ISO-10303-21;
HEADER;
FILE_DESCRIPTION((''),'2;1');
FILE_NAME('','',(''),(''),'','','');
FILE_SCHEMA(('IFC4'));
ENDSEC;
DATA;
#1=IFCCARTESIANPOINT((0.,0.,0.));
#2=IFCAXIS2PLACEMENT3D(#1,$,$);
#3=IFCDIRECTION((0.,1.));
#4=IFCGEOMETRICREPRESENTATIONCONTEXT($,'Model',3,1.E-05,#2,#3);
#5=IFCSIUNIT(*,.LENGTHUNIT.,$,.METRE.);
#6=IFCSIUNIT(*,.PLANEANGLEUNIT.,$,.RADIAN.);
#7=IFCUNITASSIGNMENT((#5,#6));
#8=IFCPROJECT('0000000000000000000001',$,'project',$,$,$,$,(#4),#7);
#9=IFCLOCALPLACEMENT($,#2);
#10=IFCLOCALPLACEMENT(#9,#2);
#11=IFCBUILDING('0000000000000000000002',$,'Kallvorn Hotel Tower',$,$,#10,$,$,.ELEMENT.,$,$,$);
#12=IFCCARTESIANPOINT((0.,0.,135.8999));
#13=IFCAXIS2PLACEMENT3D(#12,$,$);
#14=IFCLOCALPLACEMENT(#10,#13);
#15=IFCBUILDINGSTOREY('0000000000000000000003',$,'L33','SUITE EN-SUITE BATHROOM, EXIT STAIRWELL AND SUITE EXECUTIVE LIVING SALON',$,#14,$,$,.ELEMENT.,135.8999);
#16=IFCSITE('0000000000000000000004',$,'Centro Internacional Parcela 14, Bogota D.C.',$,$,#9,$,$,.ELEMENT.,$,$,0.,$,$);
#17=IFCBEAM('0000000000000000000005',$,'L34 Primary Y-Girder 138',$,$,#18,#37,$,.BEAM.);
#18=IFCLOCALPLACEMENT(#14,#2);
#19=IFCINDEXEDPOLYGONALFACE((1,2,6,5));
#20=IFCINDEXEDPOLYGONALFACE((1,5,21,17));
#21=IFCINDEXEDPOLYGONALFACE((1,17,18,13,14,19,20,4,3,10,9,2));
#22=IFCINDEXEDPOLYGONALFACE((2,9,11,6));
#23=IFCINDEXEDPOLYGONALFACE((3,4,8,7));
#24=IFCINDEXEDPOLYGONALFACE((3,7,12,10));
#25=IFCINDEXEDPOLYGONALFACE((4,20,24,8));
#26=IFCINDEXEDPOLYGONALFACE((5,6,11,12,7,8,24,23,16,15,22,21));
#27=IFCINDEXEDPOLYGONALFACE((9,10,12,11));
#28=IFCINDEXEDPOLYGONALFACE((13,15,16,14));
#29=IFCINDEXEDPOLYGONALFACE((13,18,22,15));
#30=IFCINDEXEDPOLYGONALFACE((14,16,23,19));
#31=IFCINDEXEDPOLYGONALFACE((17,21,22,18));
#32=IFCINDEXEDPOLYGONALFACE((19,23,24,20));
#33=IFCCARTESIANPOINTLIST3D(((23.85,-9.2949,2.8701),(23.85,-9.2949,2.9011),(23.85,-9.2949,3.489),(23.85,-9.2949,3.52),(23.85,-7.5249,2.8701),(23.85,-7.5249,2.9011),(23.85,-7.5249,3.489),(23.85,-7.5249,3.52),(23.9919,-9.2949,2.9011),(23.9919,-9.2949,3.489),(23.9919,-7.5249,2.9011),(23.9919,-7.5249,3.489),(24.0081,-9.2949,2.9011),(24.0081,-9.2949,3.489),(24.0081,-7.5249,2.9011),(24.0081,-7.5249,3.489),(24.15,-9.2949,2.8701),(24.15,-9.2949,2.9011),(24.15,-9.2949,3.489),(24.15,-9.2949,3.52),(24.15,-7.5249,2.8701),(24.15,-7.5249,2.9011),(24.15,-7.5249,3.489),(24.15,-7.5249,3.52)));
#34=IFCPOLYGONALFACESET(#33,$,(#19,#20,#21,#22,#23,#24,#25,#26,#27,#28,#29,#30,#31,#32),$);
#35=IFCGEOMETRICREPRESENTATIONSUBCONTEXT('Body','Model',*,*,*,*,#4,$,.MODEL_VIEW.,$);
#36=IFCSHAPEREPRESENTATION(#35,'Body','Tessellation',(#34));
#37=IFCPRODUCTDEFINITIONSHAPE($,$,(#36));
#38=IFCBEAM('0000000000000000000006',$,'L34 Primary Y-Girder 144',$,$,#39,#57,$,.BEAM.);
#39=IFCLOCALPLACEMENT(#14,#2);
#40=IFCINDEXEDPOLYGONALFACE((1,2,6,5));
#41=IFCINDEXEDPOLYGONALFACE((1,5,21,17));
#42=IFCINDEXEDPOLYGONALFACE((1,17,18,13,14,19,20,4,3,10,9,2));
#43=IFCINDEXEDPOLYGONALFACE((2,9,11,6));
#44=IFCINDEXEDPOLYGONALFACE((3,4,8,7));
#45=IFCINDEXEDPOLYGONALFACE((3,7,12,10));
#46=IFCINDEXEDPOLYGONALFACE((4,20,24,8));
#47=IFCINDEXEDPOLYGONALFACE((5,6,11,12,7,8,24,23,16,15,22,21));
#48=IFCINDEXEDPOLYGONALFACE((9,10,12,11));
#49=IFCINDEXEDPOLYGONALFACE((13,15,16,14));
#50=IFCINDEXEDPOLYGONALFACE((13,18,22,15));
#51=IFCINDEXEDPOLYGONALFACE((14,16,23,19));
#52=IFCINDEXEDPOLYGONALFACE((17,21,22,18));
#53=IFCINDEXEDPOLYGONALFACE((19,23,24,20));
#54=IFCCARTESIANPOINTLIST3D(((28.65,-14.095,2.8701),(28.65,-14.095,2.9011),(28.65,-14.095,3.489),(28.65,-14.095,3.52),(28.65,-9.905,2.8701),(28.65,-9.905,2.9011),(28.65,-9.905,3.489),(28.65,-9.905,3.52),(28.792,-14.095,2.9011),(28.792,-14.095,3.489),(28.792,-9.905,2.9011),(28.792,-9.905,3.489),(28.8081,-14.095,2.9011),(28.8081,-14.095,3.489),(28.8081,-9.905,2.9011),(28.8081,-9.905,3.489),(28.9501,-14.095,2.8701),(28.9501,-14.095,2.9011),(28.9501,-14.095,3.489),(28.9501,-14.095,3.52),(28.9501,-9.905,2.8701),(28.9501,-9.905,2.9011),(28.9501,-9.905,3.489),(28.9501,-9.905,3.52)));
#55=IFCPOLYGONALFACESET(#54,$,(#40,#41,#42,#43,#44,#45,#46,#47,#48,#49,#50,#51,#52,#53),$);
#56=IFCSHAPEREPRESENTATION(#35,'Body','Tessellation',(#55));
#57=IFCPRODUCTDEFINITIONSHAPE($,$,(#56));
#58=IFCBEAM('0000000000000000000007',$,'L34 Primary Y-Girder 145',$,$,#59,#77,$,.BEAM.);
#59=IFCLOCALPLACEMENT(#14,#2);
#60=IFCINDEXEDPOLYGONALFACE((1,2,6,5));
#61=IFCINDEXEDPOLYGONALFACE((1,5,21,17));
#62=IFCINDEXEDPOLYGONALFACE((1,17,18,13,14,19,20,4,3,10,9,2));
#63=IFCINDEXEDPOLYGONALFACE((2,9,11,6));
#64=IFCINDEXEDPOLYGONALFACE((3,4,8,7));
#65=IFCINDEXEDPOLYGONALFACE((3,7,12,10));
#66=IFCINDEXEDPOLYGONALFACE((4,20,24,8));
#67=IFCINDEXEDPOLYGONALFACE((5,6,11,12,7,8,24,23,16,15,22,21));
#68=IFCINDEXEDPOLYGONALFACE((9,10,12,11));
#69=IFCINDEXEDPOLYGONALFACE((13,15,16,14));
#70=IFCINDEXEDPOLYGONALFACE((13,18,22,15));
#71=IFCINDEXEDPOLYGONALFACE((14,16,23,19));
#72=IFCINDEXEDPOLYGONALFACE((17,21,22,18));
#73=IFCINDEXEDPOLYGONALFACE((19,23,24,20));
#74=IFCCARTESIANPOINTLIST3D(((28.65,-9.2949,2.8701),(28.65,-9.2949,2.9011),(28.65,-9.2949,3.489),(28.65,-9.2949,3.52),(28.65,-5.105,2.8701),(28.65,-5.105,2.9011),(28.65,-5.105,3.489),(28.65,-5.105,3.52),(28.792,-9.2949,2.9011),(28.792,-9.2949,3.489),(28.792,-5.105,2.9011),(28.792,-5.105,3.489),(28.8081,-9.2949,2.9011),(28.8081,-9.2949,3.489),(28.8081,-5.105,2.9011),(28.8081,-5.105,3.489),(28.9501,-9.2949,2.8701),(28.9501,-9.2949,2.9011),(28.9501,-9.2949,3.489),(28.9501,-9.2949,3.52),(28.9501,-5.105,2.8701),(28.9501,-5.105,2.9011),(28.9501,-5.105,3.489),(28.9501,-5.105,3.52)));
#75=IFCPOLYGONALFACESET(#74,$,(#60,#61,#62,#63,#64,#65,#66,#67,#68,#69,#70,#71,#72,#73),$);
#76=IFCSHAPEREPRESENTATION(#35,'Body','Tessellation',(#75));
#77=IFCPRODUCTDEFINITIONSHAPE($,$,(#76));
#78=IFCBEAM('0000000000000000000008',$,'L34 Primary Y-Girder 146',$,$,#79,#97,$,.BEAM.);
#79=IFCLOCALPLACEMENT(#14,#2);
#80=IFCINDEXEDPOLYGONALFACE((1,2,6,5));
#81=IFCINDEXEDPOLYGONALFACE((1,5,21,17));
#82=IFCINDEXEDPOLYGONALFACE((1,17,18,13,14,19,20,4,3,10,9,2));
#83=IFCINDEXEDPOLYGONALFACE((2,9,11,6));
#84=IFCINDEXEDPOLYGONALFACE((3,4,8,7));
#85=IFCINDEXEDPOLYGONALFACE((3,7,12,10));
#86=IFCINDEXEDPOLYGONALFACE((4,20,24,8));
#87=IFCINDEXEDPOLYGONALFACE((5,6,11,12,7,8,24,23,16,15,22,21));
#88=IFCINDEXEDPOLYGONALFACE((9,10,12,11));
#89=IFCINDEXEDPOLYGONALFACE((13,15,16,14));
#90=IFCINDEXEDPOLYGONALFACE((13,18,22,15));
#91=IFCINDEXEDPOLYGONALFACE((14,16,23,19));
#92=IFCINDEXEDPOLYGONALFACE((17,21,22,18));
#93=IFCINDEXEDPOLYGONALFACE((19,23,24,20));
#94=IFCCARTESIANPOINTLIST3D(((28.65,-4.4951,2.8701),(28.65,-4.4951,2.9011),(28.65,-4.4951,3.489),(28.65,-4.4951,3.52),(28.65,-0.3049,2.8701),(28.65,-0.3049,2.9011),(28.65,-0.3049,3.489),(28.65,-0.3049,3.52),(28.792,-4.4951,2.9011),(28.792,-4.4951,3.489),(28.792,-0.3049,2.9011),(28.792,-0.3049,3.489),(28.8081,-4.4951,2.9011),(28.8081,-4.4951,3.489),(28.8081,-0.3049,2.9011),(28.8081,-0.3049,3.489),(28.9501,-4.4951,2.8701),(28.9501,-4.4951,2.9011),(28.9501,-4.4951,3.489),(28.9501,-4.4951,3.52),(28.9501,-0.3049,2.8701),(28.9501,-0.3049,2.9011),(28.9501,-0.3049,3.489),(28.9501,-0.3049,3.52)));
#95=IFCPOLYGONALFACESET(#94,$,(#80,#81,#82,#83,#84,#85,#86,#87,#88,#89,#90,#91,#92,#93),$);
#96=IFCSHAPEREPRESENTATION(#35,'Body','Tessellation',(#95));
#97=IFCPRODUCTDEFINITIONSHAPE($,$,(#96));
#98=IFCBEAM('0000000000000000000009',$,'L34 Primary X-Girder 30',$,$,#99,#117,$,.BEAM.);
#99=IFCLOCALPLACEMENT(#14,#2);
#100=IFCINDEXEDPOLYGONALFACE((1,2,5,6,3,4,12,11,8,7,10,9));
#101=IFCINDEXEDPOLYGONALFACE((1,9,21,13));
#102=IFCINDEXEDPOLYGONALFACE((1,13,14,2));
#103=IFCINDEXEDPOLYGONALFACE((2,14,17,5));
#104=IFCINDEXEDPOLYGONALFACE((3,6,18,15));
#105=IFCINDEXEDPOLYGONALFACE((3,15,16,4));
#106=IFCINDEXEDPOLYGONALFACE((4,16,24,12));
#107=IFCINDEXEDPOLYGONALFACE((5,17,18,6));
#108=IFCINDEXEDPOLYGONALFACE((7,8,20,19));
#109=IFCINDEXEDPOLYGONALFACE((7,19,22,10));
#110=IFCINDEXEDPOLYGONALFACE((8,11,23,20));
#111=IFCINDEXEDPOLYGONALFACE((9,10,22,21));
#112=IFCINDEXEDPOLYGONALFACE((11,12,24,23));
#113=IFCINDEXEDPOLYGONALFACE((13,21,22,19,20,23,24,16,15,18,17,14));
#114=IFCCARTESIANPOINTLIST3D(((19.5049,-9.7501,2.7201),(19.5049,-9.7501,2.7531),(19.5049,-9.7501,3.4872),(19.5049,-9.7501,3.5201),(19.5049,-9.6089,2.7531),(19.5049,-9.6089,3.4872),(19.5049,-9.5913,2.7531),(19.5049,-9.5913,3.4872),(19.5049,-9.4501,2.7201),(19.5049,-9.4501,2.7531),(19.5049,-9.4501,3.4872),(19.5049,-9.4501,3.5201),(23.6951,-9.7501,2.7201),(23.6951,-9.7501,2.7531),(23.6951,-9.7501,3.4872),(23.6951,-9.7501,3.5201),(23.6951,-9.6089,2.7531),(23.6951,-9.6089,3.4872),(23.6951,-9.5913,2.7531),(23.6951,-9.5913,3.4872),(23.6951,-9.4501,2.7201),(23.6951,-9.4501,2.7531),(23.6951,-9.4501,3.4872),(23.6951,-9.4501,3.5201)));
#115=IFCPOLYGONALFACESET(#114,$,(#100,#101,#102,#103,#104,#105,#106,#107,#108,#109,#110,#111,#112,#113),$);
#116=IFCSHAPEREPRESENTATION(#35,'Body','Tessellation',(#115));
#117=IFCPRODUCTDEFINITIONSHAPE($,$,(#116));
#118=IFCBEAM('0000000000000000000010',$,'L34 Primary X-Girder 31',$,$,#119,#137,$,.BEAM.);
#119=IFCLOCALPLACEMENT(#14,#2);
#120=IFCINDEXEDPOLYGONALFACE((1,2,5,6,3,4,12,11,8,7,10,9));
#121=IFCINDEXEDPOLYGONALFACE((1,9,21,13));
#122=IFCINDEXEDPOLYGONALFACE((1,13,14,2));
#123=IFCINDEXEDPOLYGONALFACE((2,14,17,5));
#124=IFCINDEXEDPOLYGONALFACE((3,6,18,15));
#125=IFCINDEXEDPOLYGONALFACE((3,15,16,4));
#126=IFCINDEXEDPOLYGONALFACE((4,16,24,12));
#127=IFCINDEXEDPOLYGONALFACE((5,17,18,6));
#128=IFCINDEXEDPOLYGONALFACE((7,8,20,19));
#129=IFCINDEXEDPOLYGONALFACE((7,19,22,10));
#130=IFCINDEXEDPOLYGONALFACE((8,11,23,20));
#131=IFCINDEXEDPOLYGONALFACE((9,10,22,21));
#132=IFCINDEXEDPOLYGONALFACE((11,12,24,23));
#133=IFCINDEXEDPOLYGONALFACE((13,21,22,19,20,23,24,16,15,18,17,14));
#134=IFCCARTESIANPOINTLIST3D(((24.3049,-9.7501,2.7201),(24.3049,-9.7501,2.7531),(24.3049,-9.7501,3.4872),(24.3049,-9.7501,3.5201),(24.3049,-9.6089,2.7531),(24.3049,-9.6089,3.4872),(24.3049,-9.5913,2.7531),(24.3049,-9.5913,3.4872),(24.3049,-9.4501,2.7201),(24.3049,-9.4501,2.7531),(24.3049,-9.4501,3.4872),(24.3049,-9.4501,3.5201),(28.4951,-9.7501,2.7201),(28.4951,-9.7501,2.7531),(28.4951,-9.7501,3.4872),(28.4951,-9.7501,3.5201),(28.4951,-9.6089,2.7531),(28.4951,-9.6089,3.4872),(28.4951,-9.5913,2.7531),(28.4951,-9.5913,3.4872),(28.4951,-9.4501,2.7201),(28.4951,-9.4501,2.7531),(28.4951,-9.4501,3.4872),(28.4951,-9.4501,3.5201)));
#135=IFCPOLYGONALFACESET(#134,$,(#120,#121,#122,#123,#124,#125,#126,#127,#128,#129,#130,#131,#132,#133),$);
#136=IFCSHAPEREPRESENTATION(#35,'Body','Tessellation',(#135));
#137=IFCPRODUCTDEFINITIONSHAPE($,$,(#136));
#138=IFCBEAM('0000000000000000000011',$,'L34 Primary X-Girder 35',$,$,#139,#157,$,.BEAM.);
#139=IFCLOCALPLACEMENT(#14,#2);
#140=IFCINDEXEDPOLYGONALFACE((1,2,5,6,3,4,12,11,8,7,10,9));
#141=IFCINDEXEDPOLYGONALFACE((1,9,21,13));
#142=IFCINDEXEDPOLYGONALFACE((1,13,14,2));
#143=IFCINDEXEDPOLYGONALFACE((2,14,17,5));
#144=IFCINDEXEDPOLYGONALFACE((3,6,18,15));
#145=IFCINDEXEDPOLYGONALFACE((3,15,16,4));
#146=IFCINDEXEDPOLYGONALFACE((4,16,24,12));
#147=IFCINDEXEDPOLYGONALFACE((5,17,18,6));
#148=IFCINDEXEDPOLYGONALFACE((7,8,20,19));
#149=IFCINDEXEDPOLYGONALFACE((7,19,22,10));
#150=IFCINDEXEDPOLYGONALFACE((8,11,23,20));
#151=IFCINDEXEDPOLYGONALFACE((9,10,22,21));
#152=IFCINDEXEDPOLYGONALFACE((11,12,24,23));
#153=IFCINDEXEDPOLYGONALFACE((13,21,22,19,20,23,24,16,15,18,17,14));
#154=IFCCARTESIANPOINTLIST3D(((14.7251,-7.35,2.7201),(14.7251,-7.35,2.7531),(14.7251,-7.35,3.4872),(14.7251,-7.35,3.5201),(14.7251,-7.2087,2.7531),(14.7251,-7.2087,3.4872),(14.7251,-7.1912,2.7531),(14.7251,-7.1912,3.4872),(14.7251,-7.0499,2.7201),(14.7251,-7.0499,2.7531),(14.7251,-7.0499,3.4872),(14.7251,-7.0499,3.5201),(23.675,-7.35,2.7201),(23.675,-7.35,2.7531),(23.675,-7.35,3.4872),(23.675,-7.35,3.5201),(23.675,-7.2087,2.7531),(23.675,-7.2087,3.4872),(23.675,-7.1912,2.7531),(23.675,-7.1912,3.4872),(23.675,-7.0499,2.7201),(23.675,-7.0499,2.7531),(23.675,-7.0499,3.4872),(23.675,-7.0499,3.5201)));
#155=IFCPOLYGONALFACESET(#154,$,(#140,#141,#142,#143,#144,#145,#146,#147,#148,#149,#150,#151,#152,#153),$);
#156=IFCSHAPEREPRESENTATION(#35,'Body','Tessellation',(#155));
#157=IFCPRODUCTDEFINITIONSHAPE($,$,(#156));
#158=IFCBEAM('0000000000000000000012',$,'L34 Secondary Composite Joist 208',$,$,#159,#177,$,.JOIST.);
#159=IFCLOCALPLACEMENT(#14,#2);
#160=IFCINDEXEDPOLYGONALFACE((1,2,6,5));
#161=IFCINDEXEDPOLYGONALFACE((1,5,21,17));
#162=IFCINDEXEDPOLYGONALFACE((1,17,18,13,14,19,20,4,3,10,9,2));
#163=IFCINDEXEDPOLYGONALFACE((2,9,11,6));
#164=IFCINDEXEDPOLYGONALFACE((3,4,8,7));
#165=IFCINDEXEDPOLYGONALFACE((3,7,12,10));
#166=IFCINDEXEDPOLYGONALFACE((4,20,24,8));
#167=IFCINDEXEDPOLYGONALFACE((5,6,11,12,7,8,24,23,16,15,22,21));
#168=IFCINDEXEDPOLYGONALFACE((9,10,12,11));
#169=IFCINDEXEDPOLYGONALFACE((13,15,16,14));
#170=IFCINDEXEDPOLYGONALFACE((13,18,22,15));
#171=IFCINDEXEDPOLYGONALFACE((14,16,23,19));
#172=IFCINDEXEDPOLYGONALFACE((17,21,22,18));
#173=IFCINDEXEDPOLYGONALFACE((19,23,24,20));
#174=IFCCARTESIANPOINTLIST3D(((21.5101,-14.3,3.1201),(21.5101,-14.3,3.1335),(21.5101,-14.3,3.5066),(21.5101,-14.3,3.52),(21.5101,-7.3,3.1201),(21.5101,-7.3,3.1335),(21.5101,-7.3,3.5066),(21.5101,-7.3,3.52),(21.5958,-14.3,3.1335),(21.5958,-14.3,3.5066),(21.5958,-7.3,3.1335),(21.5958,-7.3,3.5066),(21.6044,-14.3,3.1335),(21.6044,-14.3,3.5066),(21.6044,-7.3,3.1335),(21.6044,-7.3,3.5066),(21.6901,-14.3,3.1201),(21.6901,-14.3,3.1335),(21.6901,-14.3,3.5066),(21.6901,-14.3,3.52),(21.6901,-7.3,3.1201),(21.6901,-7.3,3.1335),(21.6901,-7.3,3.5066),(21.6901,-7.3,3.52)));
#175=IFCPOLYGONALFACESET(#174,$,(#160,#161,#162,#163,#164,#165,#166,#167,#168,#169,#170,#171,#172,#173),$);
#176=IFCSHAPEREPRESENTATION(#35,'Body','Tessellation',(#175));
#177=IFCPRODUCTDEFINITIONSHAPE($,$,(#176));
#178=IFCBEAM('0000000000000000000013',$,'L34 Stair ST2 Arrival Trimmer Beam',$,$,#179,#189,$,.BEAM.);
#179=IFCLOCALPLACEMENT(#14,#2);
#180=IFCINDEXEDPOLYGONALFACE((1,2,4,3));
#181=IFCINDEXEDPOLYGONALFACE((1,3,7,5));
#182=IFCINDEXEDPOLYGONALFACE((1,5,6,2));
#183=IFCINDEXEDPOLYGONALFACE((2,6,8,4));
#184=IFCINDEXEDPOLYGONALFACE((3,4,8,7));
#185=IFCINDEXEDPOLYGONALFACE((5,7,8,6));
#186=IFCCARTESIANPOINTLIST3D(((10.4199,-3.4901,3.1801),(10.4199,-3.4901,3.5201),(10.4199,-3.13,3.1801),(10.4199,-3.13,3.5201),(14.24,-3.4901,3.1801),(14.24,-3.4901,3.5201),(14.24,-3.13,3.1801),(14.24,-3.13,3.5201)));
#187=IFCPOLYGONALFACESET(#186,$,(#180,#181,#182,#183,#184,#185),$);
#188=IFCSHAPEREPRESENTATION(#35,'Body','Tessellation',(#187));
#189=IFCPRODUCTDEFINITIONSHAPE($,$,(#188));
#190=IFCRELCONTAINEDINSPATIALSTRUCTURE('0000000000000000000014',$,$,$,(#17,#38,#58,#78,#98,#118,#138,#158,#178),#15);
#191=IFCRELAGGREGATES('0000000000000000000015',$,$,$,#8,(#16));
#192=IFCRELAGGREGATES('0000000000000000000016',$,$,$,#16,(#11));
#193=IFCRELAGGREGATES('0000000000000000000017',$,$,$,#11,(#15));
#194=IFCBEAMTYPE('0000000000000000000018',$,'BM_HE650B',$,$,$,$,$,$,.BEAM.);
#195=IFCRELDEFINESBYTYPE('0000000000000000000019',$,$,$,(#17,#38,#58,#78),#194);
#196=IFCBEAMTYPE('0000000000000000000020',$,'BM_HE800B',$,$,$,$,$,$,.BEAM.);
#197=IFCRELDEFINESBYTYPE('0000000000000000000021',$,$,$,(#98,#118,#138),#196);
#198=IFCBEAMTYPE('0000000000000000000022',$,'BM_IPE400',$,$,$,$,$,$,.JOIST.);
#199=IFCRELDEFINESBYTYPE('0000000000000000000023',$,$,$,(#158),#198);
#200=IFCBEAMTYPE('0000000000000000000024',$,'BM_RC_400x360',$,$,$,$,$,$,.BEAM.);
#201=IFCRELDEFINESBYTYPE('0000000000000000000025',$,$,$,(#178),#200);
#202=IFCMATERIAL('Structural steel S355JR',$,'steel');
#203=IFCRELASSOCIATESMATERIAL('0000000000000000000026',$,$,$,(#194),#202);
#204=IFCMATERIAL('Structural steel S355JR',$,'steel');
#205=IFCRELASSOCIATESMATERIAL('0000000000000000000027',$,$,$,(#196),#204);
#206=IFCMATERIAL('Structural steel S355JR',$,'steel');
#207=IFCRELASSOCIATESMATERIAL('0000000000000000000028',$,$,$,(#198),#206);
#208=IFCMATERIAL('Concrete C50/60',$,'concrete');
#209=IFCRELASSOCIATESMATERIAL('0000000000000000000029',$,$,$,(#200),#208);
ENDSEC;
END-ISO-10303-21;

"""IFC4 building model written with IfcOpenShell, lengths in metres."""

from ifc_helpers import new_model, si_unit, direction, frame, origin, origin_2d, place, context, subcontext, project, spatial, rectangle, i_section, extrude, material, material_profile, profile_set, type_object, element, save


model = new_model("IFC4")

# Units and contexts
model_context = context("Model", 3, precision=1e-05, world=origin(), true_north=direction((0.0, 1.0)))
body_context = subcontext(model_context, "Body", "Model", "MODEL_VIEW")
ifc_project = project(units=[si_unit("LENGTHUNIT", "METRE"), si_unit("PLANEANGLEUNIT", "RADIAN")], contexts=[model_context])

# Site, building, storey
site_placement = place(None, origin())
site = spatial("IfcSite", under=ifc_project, at=site_placement, Name="Centro Internacional Parcela 14, Bogota D.C.", CompositionType="ELEMENT", RefElevation=0.0)
building_placement = place(site_placement, origin())
building = spatial("IfcBuilding", under=site, at=building_placement, Name="Kallvorn Hotel Tower", CompositionType="ELEMENT")
storey_placement = place(building_placement, frame((0.0, 0.0, 135.8999)))
storey = spatial("IfcBuildingStorey", under=building, at=storey_placement, Name="L33", Description="SUITE EN-SUITE BATHROOM, EXIT STAIRWELL AND SUITE EXECUTIVE LIVING SALON", CompositionType="ELEMENT", Elevation=135.8999)

# Beams
ifc_material_1 = material(Name="Structural steel S355JR", Category="steel")
ifc_material_profile_1 = material_profile(ifc_material_1, i_section(OverallWidth=0.3, OverallDepth=0.6499, WebThickness=0.0161, FlangeThickness=0.031, at=origin_2d()), Name="HE 650 B")
ifc_profile_set_1 = profile_set([ifc_material_profile_1], Name="Structural steel S355JR")
beam_type_1 = type_object("IfcBeamType", Name="BM_HE650B", PredefinedType="BEAM", material=ifc_profile_set_1)
beam_1_placement = place(storey_placement, frame((24.0, -9.2949, 3.1951), z_axis=(0.0, 1.0, 0.0), x_axis=(-1.0, 0.0, 0.0)))
element("IfcBeam", 1, at=beam_1_placement, inside=storey, type_object=beam_type_1, Name="L34 Primary Y-Girder 138", PredefinedType="BEAM", context=body_context, shape_type="SweptSolid", body=[
    extrude(i_section(OverallWidth=0.3, OverallDepth=0.6499, WebThickness=0.0161, FlangeThickness=0.031, at=origin_2d()), origin(), (0.0, 0.0, 1.0), 1.77),
])
for number, where, z_axis, x_axis, name in (
    (2, (28.8, -14.095, 3.1951), (0.0, 1.0, 0.0), (-1.0, 0.0, 0.0), "L34 Primary Y-Girder 144"),
    (3, (28.8, -9.2949, 3.1951), (0.0, 1.0, 0.0), (-1.0, 0.0, 0.0), "L34 Primary Y-Girder 145"),
):
    element("IfcBeam", number, at=place(storey_placement, frame(where, z_axis=z_axis, x_axis=x_axis)), inside=storey, type_object=beam_type_1, Name=name, PredefinedType="BEAM", context=body_context, shape_type="SweptSolid", body=[
        extrude(i_section(OverallWidth=0.3, OverallDepth=0.6499, WebThickness=0.0161, FlangeThickness=0.031, at=origin_2d()), origin(), (0.0, 0.0, 1.0), 4.1899),
    ])
beam_2_placement = place(storey_placement, frame((28.8, -4.4951, 3.1951), z_axis=(0.0, 1.0, 0.0), x_axis=(-1.0, 0.0, 0.0)))
element("IfcBeam", 4, at=beam_2_placement, inside=storey, type_object=beam_type_1, Name="L34 Primary Y-Girder 146", PredefinedType="BEAM", context=body_context, shape_type="SweptSolid", body=[
    extrude(i_section(OverallWidth=0.3, OverallDepth=0.6499, WebThickness=0.0161, FlangeThickness=0.031, at=origin_2d()), origin(), (0.0, 0.0, 1.0), 4.1902),
])
ifc_material_2 = material(Name="Structural steel S355JR", Category="steel")
ifc_material_profile_2 = material_profile(ifc_material_2, i_section(OverallWidth=0.3, OverallDepth=0.8, WebThickness=0.0176, FlangeThickness=0.033, at=origin_2d()), Name="HE 800 B")
ifc_profile_set_2 = profile_set([ifc_material_profile_2], Name="Structural steel S355JR")
beam_type_2 = type_object("IfcBeamType", Name="BM_HE800B", PredefinedType="BEAM", material=ifc_profile_set_2)
for number, where, z_axis, x_axis, name in (
    (5, (19.5049, -9.6001, 3.1201), (1.0, 0.0, 0.0), (0.0, 1.0, 0.0), "L34 Primary X-Girder 30"),
    (6, (24.3049, -9.6001, 3.1201), (1.0, 0.0, 0.0), (0.0, 1.0, 0.0), "L34 Primary X-Girder 31"),
):
    element("IfcBeam", number, at=place(storey_placement, frame(where, z_axis=z_axis, x_axis=x_axis)), inside=storey, type_object=beam_type_2, Name=name, PredefinedType="BEAM", context=body_context, shape_type="SweptSolid", body=[
        extrude(i_section(OverallWidth=0.3, OverallDepth=0.8, WebThickness=0.0176, FlangeThickness=0.033, at=origin_2d()), origin(), (0.0, 0.0, 1.0), 4.1902),
    ])
beam_3_placement = place(storey_placement, frame((14.7251, -7.2, 3.1201), z_axis=(1.0, 0.0, 0.0), x_axis=(0.0, 1.0, 0.0)))
element("IfcBeam", 7, at=beam_3_placement, inside=storey, type_object=beam_type_2, Name="L34 Primary X-Girder 35", PredefinedType="BEAM", context=body_context, shape_type="SweptSolid", body=[
    extrude(i_section(OverallWidth=0.3, OverallDepth=0.8, WebThickness=0.0176, FlangeThickness=0.033, at=origin_2d()), origin(), (0.0, 0.0, 1.0), 8.95),
])
ifc_material_3 = material(Name="Structural steel S355JR", Category="steel")
ifc_material_profile_3 = material_profile(ifc_material_3, i_section(OverallWidth=0.1799, OverallDepth=0.3999, WebThickness=0.0085, FlangeThickness=0.0134, at=origin_2d()), Name="IPE 400")
ifc_profile_set_3 = profile_set([ifc_material_profile_3], Name="Structural steel S355JR")
beam_type_3 = type_object("IfcBeamType", Name="BM_IPE400", PredefinedType="JOIST", material=ifc_profile_set_3)
beam_4_placement = place(storey_placement, frame((21.6001, -14.3, 3.3201), z_axis=(0.0, 1.0, 0.0), x_axis=(-1.0, 0.0, 0.0)))
element("IfcBeam", 8, at=beam_4_placement, inside=storey, type_object=beam_type_3, Name="L34 Secondary Composite Joist 208", PredefinedType="JOIST", context=body_context, shape_type="SweptSolid", body=[
    extrude(i_section(OverallWidth=0.1799, OverallDepth=0.3999, WebThickness=0.0085, FlangeThickness=0.0134, at=origin_2d()), origin(), (0.0, 0.0, 1.0), 7.0),
])
ifc_material_4 = material(Name="Concrete C50/60", Category="concrete")
ifc_material_profile_4 = material_profile(ifc_material_4, rectangle(XDim=0.3601, YDim=0.3401, at=origin_2d()), Name="RC 360x340")
ifc_profile_set_4 = profile_set([ifc_material_profile_4], Name="Concrete C50/60")
beam_type_4 = type_object("IfcBeamType", Name="BM_RC_400x360", PredefinedType="BEAM", material=ifc_profile_set_4)
beam_5_placement = place(storey_placement, frame((14.24, -3.3101, 3.3501), z_axis=(-1.0, 0.0, 0.0), x_axis=(0.0, -1.0, 0.0)))
element("IfcBeam", 9, at=beam_5_placement, inside=storey, type_object=beam_type_4, Name="L34 Stair ST2 Arrival Trimmer Beam", PredefinedType="BEAM", context=body_context, shape_type="SweptSolid", body=[
    extrude(rectangle(XDim=0.3601, YDim=0.3401, at=origin_2d()), origin(), (0.0, 0.0, 1.0), 3.8201),
])

save(model, "model.ifc")
